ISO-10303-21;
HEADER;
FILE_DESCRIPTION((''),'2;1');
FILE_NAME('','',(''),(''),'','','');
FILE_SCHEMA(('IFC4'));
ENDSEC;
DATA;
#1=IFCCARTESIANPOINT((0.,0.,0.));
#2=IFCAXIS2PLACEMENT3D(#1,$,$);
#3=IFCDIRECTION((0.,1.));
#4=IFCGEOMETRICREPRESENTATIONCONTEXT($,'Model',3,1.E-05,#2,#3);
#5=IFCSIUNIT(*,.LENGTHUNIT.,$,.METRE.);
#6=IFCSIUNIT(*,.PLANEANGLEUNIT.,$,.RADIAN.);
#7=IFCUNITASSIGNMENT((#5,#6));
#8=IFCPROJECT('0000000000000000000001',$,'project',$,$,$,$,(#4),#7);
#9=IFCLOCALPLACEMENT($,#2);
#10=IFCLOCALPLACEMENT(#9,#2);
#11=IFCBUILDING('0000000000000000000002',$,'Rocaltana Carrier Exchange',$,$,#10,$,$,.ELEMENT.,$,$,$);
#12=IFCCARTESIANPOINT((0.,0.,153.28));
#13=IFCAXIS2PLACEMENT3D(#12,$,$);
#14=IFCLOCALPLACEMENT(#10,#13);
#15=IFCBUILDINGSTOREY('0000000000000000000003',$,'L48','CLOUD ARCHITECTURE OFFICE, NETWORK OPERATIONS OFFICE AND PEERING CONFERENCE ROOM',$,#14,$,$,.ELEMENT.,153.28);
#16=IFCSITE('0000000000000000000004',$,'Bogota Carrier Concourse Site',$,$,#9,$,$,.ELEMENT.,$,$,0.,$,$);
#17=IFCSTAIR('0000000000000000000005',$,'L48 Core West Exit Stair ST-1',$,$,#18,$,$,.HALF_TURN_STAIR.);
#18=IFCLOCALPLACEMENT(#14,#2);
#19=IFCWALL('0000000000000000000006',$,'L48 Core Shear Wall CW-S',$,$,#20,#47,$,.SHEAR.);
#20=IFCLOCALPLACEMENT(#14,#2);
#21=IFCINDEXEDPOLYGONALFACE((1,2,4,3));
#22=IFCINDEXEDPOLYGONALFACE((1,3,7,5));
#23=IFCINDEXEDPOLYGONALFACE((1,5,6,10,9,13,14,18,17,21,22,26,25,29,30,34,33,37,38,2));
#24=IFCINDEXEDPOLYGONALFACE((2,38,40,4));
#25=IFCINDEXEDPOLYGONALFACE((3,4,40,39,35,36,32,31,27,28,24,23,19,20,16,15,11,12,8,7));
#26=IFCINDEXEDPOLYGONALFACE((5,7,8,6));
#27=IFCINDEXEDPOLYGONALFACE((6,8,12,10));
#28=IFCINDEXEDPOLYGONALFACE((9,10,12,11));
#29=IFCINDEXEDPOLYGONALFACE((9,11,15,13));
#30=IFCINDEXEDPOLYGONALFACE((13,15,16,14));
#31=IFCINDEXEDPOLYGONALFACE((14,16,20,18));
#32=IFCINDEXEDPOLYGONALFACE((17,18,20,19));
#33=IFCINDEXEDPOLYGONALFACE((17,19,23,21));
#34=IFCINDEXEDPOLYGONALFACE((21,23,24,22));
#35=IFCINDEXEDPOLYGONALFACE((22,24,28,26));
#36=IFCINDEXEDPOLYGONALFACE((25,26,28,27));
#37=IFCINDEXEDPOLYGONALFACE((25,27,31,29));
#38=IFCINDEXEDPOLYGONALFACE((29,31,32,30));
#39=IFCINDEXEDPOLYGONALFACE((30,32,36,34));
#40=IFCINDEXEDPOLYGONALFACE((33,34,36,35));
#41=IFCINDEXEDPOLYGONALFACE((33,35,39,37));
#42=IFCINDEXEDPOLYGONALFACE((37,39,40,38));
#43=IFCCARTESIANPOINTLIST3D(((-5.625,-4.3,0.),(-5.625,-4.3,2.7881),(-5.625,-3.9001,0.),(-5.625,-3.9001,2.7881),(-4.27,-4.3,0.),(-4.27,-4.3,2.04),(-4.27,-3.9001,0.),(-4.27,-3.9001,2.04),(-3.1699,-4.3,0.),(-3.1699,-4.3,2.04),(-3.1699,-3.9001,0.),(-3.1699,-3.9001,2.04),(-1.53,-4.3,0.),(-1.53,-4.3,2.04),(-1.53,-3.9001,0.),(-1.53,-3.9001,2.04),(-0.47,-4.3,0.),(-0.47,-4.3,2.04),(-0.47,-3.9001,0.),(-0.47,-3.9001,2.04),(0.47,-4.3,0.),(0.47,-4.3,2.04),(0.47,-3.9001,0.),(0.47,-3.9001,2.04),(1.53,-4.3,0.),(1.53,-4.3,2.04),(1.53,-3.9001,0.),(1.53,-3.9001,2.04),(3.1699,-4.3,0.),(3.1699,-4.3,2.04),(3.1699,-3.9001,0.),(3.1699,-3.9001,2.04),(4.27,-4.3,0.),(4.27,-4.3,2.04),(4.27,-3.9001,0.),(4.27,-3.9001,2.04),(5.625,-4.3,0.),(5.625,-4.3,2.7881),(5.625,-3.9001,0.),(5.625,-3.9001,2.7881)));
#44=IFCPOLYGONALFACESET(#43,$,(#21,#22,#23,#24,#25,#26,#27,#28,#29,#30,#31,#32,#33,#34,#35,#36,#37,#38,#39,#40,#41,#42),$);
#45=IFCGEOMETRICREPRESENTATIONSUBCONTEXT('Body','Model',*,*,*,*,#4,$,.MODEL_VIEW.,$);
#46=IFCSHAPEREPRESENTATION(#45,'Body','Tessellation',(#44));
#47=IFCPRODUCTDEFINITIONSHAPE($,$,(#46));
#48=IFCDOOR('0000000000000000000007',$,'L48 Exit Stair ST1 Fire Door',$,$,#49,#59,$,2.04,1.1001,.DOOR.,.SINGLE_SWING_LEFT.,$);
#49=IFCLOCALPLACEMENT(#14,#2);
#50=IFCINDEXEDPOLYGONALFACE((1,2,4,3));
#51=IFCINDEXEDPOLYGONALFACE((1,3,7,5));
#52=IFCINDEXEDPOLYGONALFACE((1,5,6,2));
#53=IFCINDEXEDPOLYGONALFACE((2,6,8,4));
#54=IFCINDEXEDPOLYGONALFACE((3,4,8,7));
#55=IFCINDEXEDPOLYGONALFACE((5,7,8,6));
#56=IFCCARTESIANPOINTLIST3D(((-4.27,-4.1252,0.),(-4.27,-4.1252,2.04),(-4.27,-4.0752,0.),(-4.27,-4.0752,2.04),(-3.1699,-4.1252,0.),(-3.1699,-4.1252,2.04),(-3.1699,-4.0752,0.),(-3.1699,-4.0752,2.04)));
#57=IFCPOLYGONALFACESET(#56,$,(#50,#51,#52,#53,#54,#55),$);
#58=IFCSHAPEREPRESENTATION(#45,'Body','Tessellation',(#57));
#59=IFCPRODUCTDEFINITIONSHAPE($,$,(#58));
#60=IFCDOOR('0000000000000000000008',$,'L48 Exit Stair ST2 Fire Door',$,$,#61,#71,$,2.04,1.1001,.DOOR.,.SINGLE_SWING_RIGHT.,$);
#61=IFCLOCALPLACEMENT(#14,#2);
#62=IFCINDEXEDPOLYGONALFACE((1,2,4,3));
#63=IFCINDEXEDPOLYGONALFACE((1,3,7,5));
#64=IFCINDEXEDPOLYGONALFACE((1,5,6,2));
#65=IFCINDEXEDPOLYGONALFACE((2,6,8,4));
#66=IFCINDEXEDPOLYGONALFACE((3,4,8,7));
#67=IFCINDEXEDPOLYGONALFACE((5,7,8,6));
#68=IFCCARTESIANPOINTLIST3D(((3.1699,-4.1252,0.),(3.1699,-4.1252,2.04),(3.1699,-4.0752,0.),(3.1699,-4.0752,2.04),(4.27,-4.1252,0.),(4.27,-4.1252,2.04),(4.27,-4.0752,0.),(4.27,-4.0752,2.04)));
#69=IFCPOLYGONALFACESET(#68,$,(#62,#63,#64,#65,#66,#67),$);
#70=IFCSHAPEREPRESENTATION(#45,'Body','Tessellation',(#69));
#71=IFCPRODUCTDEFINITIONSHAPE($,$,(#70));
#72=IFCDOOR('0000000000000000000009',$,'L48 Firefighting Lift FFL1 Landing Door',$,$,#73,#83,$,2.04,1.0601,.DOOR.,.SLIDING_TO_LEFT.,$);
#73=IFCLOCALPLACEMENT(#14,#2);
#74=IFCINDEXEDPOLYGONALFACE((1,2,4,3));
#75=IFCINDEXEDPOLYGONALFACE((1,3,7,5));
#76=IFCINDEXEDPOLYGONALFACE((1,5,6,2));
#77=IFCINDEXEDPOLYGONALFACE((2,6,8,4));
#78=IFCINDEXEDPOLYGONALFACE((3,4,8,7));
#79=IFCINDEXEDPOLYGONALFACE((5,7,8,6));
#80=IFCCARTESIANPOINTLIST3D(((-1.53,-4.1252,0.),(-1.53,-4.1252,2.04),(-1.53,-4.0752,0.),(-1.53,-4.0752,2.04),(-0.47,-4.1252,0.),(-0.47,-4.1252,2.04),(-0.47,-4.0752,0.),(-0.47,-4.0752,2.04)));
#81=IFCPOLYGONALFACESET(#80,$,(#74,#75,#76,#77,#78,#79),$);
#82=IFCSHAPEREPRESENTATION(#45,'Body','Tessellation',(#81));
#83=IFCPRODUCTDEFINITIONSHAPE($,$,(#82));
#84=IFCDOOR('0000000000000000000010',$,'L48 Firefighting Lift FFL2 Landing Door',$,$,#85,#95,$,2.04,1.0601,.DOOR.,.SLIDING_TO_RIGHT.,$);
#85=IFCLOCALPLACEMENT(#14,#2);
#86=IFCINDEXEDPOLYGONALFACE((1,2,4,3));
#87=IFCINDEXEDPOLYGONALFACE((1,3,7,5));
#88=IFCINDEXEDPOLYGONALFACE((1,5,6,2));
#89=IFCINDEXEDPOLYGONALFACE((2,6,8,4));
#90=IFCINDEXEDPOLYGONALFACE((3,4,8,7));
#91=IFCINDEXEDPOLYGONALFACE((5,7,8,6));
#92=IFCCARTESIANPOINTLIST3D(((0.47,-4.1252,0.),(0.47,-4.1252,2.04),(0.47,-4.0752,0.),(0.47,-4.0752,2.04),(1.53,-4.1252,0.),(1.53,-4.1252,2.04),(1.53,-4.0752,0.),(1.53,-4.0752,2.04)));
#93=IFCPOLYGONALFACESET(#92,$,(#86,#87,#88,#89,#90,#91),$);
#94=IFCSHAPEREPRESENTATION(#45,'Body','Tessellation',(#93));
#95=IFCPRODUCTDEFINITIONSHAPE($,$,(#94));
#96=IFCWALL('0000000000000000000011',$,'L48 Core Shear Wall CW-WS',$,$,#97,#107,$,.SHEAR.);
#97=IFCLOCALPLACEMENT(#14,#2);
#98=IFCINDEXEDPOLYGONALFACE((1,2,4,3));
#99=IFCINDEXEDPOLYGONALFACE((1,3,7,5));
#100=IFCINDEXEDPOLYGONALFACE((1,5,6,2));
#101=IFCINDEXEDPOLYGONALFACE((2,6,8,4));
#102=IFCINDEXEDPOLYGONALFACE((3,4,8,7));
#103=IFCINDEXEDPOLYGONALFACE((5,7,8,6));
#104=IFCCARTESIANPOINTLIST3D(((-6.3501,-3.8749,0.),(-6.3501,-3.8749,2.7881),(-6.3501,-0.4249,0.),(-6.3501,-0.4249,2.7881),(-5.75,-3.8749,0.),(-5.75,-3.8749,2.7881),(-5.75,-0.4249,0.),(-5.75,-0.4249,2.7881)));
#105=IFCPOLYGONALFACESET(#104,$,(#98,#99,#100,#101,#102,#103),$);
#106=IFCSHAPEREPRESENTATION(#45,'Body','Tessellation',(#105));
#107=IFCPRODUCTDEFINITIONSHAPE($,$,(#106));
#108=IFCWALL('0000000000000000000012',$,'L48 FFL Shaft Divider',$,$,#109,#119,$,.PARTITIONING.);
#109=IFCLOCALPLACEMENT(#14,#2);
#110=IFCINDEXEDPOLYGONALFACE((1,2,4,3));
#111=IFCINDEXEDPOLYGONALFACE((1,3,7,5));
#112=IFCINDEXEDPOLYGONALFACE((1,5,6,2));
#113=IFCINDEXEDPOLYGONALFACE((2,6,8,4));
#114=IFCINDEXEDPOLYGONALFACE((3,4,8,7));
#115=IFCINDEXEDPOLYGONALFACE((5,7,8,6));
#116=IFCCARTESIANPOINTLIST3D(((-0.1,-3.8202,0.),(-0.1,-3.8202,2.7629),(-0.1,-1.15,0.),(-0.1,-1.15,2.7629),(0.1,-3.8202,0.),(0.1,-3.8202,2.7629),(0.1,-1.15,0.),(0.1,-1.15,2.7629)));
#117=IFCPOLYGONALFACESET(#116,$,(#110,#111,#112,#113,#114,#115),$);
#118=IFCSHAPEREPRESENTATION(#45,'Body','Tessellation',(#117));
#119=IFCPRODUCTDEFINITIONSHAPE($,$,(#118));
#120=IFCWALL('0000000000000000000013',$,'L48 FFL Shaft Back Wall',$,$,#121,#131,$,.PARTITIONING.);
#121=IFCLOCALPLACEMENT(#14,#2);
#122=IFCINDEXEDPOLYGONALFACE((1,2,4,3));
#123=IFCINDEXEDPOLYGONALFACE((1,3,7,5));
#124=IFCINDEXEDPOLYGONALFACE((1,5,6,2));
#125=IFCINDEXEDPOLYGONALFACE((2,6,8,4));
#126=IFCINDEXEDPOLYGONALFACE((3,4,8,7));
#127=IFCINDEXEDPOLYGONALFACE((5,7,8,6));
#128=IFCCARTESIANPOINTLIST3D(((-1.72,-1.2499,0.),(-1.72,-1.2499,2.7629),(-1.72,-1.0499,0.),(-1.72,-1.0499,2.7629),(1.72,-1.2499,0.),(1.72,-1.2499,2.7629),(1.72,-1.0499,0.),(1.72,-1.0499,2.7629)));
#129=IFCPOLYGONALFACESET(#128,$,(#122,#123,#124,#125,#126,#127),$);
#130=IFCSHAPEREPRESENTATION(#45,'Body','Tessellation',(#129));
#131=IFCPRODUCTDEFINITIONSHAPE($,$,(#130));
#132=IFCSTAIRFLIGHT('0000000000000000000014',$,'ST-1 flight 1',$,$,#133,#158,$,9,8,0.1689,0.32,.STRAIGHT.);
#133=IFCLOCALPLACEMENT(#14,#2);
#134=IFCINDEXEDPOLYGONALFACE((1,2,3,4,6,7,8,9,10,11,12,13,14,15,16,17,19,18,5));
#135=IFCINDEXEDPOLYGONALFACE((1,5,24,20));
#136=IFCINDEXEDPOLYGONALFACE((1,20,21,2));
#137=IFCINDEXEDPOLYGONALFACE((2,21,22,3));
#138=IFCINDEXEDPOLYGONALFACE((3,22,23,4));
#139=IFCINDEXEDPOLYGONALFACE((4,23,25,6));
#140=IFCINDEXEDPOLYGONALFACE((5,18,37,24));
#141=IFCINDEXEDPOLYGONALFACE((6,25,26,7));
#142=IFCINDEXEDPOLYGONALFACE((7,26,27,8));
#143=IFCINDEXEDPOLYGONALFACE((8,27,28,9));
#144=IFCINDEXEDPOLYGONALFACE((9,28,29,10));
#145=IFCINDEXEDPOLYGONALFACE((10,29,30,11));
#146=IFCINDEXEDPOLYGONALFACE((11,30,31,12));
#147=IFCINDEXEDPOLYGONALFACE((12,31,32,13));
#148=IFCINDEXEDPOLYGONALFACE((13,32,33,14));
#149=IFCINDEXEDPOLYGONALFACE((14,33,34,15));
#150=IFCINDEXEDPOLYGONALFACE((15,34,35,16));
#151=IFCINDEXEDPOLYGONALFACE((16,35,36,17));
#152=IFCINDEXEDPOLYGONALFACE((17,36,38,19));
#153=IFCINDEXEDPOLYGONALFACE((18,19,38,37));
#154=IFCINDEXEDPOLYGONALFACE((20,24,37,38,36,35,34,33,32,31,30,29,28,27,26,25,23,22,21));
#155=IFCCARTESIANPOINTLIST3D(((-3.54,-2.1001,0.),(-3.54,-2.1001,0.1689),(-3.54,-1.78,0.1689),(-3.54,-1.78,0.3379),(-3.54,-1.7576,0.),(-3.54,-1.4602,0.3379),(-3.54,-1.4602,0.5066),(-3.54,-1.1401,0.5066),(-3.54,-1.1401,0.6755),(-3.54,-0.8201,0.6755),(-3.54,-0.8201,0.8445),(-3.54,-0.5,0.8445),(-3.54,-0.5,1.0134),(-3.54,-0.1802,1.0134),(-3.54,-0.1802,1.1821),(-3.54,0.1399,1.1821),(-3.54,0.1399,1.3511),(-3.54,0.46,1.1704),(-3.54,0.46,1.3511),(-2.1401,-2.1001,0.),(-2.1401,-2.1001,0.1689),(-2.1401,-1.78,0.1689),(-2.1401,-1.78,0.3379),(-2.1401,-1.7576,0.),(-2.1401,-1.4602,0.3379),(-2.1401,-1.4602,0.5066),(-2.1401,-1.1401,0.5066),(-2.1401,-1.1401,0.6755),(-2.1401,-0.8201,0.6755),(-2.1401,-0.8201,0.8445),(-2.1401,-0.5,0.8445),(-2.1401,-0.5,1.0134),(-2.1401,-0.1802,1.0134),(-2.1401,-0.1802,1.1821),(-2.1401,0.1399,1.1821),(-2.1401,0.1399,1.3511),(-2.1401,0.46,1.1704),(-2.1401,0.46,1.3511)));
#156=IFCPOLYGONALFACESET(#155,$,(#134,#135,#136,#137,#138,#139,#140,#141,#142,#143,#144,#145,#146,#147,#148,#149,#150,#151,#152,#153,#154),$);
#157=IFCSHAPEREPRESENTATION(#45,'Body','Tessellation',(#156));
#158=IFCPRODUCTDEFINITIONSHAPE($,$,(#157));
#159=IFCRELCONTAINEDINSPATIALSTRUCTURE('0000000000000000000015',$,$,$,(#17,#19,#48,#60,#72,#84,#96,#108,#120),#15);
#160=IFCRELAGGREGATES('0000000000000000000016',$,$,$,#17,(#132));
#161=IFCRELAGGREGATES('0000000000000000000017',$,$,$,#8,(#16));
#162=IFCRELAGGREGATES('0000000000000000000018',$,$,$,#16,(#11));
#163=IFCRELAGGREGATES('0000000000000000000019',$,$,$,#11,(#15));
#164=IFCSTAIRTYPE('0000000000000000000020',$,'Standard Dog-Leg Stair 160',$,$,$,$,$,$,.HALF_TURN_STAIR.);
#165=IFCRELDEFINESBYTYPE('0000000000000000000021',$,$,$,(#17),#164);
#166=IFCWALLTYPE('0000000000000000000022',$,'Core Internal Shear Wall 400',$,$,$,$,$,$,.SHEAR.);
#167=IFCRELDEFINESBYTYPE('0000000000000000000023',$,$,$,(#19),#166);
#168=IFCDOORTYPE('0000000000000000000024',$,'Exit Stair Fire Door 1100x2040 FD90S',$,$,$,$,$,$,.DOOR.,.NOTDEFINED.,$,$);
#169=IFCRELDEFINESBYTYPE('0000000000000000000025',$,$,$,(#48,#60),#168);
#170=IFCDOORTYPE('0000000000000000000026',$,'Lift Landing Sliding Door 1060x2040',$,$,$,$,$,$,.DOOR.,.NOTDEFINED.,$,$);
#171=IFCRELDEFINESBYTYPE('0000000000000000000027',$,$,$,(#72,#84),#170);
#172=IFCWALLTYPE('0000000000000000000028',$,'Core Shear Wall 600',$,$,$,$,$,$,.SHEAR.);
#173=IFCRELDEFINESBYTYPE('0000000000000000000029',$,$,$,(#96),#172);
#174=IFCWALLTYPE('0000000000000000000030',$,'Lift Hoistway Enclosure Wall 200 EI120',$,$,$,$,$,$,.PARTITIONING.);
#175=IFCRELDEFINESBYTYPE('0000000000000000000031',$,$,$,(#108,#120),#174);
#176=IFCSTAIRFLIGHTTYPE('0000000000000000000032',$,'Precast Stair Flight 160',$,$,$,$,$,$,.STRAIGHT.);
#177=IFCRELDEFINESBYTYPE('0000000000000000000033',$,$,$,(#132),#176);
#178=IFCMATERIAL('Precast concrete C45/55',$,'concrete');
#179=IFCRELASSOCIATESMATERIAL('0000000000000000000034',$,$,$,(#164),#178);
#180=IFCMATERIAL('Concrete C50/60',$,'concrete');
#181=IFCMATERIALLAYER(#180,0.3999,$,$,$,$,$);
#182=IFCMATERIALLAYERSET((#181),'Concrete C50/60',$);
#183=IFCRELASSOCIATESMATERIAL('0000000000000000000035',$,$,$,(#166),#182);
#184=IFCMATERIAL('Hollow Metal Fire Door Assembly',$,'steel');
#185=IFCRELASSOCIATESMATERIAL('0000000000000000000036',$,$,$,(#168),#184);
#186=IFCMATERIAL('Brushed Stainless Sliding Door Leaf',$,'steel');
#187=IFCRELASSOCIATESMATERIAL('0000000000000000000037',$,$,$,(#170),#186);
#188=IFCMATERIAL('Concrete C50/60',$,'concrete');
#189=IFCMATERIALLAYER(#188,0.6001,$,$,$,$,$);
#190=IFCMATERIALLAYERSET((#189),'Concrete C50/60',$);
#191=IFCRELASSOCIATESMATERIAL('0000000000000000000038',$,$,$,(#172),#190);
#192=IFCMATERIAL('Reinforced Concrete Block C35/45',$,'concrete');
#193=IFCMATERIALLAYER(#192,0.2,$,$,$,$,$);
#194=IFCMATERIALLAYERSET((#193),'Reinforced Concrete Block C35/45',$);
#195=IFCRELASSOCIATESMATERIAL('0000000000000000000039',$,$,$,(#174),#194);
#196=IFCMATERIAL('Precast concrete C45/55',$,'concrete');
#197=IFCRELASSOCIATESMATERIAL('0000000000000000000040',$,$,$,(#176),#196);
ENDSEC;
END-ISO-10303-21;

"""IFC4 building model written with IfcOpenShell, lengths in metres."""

from ifc_helpers import new_model, si_unit, direction, frame, frame_2d, origin, place, context, subcontext, project, spatial, polyline, rectangle, outline, extrude, material, layer, layer_set, type_object, element, fill, aggregate, save


model = new_model("IFC4")

# Units and contexts
model_context = context("Model", 3, precision=1e-05, world=origin(), true_north=direction((0.0, 1.0)))
body_context = subcontext(model_context, "Body", "Model", "MODEL_VIEW")
ifc_project = project(units=[si_unit("LENGTHUNIT", "METRE"), si_unit("PLANEANGLEUNIT", "RADIAN")], contexts=[model_context])

# Site, building, storey
site_placement = place(None, origin())
site = spatial("IfcSite", under=ifc_project, at=site_placement, Name="Bogota Carrier Concourse Site", CompositionType="ELEMENT", RefElevation=0.0)
building_placement = place(site_placement, origin())
building = spatial("IfcBuilding", under=site, at=building_placement, Name="Rocaltana Carrier Exchange", CompositionType="ELEMENT")
storey_placement = place(building_placement, frame((0.0, 0.0, 153.28)))
storey = spatial("IfcBuildingStorey", under=building, at=storey_placement, Name="L48", Description="CLOUD ARCHITECTURE OFFICE, NETWORK OPERATIONS OFFICE AND PEERING CONFERENCE ROOM", CompositionType="ELEMENT", Elevation=153.28)

# Stair
ifc_material_1 = material(Name="Precast concrete C45/55", Category="concrete")
stair_type = type_object("IfcStairType", Name="Standard Dog-Leg Stair 160", PredefinedType="HALF_TURN_STAIR", material=ifc_material_1)
stair_placement = place(storey_placement, origin())
stair = element("IfcStair", 1, at=stair_placement, inside=storey, type_object=stair_type, Name="L48 Core West Exit Stair ST-1", PredefinedType="HALF_TURN_STAIR")

# Wall, openings, doors
ifc_material_2 = material(Name="Concrete C50/60", Category="concrete")
ifc_layer_1 = layer(ifc_material_2, 0.3999)
ifc_layer_set_1 = layer_set([ifc_layer_1], Name="Concrete C50/60")
wall_type_1 = type_object("IfcWallType", Name="Core Internal Shear Wall 400", PredefinedType="SHEAR", material=ifc_layer_set_1)
wall_1_placement = place(storey_placement, frame((-5.625, -4.1001, 0.0), z_axis=(0.0, 0.0, 1.0), x_axis=(1.0, 0.0, 0.0)))
wall_1 = element("IfcWall", 2, at=wall_1_placement, inside=storey, type_object=wall_type_1, Name="L48 Core Shear Wall CW-S", PredefinedType="SHEAR", context=body_context, shape_type="SweptSolid", body=[
    extrude(rectangle(XDim=11.25, YDim=0.3999, at=frame_2d((5.625, 0.0))), origin(), (0.0, 0.0, 1.0), 2.7881),
])
opening_1_placement = place(wall_1_placement, frame((1.355, 0.0, 0.0)))
opening_1 = element("IfcOpeningElement", 3, at=opening_1_placement, cuts=wall_1, PredefinedType="OPENING", context=body_context, shape_type="SweptSolid", body=[
    extrude(rectangle(XDim=1.1001, YDim=2.04, at=frame_2d((0.55, 1.02))), frame((0.0, 0.21, 0.0), z_axis=(0.0, -1.0, 0.0), x_axis=(1.0, 0.0, 0.0)), (0.0, 0.0, 1.0), 0.4199),
])
opening_2_placement = place(wall_1_placement, frame((8.7949, 0.0, 0.0)))
opening_2 = element("IfcOpeningElement", 4, at=opening_2_placement, cuts=wall_1, PredefinedType="OPENING", context=body_context, shape_type="SweptSolid", body=[
    extrude(rectangle(XDim=1.1001, YDim=2.04, at=frame_2d((0.55, 1.02))), frame((0.0, 0.21, 0.0), z_axis=(0.0, -1.0, 0.0), x_axis=(1.0, 0.0, 0.0)), (0.0, 0.0, 1.0), 0.4199),
])
opening_3_placement = place(wall_1_placement, frame((4.095, 0.0, 0.0)))
opening_3 = element("IfcOpeningElement", 5, at=opening_3_placement, cuts=wall_1, PredefinedType="OPENING", context=body_context, shape_type="SweptSolid", body=[
    extrude(rectangle(XDim=1.0601, YDim=2.04, at=frame_2d((0.53, 1.02))), frame((0.0, 0.21, 0.0), z_axis=(0.0, -1.0, 0.0), x_axis=(1.0, 0.0, 0.0)), (0.0, 0.0, 1.0), 0.4199),
])
opening_4_placement = place(wall_1_placement, frame((6.095, 0.0, 0.0)))
opening_4 = element("IfcOpeningElement", 6, at=opening_4_placement, cuts=wall_1, PredefinedType="OPENING", context=body_context, shape_type="SweptSolid", body=[
    extrude(rectangle(XDim=1.0601, YDim=2.04, at=frame_2d((0.53, 1.02))), frame((0.0, 0.21, 0.0), z_axis=(0.0, -1.0, 0.0), x_axis=(1.0, 0.0, 0.0)), (0.0, 0.0, 1.0), 0.4199),
])
ifc_material_3 = material(Name="Hollow Metal Fire Door Assembly", Category="steel")
door_type_1 = type_object("IfcDoorType", Name="Exit Stair Fire Door 1100x2040 FD90S", OperationType="NOTDEFINED", PredefinedType="DOOR", material=ifc_material_3)
door_1_placement = place(opening_1_placement, origin())
door_1 = element("IfcDoor", 7, at=door_1_placement, inside=storey, type_object=door_type_1, Name="L48 Exit Stair ST1 Fire Door", OperationType="SINGLE_SWING_LEFT", OverallHeight=2.04, OverallWidth=1.1001, PredefinedType="DOOR", context=body_context, shape_type="SweptSolid", body=[
    extrude(rectangle(XDim=1.1001, YDim=2.04, at=frame_2d((0.55, 1.02))), frame((0.0, 0.0249, 0.0), z_axis=(0.0, -1.0, 0.0), x_axis=(1.0, 0.0, 0.0)), (0.0, 0.0, 1.0), 0.05),
])
fill(opening_1, door_1)
door_2_placement = place(opening_2_placement, origin())
door_2 = element("IfcDoor", 8, at=door_2_placement, inside=storey, type_object=door_type_1, Name="L48 Exit Stair ST2 Fire Door", OperationType="SINGLE_SWING_RIGHT", OverallHeight=2.04, OverallWidth=1.1001, PredefinedType="DOOR", context=body_context, shape_type="SweptSolid", body=[
    extrude(rectangle(XDim=1.1001, YDim=2.04, at=frame_2d((0.55, 1.02))), frame((0.0, 0.0249, 0.0), z_axis=(0.0, -1.0, 0.0), x_axis=(1.0, 0.0, 0.0)), (0.0, 0.0, 1.0), 0.05),
])
fill(opening_2, door_2)
ifc_material_4 = material(Name="Brushed Stainless Sliding Door Leaf", Category="steel")
door_type_2 = type_object("IfcDoorType", Name="Lift Landing Sliding Door 1060x2040", OperationType="NOTDEFINED", PredefinedType="DOOR", material=ifc_material_4)
door_3_placement = place(opening_3_placement, origin())
door_3 = element("IfcDoor", 9, at=door_3_placement, inside=storey, type_object=door_type_2, Name="L48 Firefighting Lift FFL1 Landing Door", OperationType="SLIDING_TO_LEFT", OverallHeight=2.04, OverallWidth=1.0601, PredefinedType="DOOR", context=body_context, shape_type="SweptSolid", body=[
    extrude(rectangle(XDim=1.0601, YDim=2.04, at=frame_2d((0.53, 1.02))), frame((0.0, 0.0249, 0.0), z_axis=(0.0, -1.0, 0.0), x_axis=(1.0, 0.0, 0.0)), (0.0, 0.0, 1.0), 0.05),
])
fill(opening_3, door_3)
door_4_placement = place(opening_4_placement, origin())
door_4 = element("IfcDoor", 10, at=door_4_placement, inside=storey, type_object=door_type_2, Name="L48 Firefighting Lift FFL2 Landing Door", OperationType="SLIDING_TO_RIGHT", OverallHeight=2.04, OverallWidth=1.0601, PredefinedType="DOOR", context=body_context, shape_type="SweptSolid", body=[
    extrude(rectangle(XDim=1.0601, YDim=2.04, at=frame_2d((0.53, 1.02))), frame((0.0, 0.0249, 0.0), z_axis=(0.0, -1.0, 0.0), x_axis=(1.0, 0.0, 0.0)), (0.0, 0.0, 1.0), 0.05),
])
fill(opening_4, door_4)

# Walls
ifc_material_5 = material(Name="Concrete C50/60", Category="concrete")
ifc_layer_2 = layer(ifc_material_5, 0.6001)
ifc_layer_set_2 = layer_set([ifc_layer_2], Name="Concrete C50/60")
wall_type_2 = type_object("IfcWallType", Name="Core Shear Wall 600", PredefinedType="SHEAR", material=ifc_layer_set_2)
wall_2_placement = place(storey_placement, frame((-6.05, -3.875, 0.0), z_axis=(0.0, 0.0, 1.0), x_axis=(0.0, 1.0, 0.0)))
element("IfcWall", 11, at=wall_2_placement, inside=storey, type_object=wall_type_2, Name="L48 Core Shear Wall CW-WS", PredefinedType="SHEAR", context=body_context, shape_type="SweptSolid", body=[
    extrude(rectangle(XDim=3.45, YDim=0.6001, at=frame_2d((1.7251, 0.0))), origin(), (0.0, 0.0, 1.0), 2.7881),
])
ifc_material_6 = material(Name="Reinforced Concrete Block C35/45", Category="concrete")
ifc_layer_3 = layer(ifc_material_6, 0.2)
ifc_layer_set_3 = layer_set([ifc_layer_3], Name="Reinforced Concrete Block C35/45")
wall_type_3 = type_object("IfcWallType", Name="Lift Hoistway Enclosure Wall 200 EI120", PredefinedType="PARTITIONING", material=ifc_layer_set_3)
wall_3_placement = place(storey_placement, frame((0.0, -3.8201, 0.0), z_axis=(0.0, 0.0, 1.0), x_axis=(0.0, 1.0, 0.0)))
element("IfcWall", 12, at=wall_3_placement, inside=storey, type_object=wall_type_3, Name="L48 FFL Shaft Divider", PredefinedType="PARTITIONING", context=body_context, shape_type="SweptSolid", body=[
    extrude(rectangle(XDim=2.6702, YDim=0.2, at=frame_2d((1.335, 0.0))), origin(), (0.0, 0.0, 1.0), 2.7629),
])
wall_4_placement = place(storey_placement, frame((-1.72, -1.1499, 0.0), z_axis=(0.0, 0.0, 1.0), x_axis=(1.0, 0.0, 0.0)))
element("IfcWall", 13, at=wall_4_placement, inside=storey, type_object=wall_type_3, Name="L48 FFL Shaft Back Wall", PredefinedType="PARTITIONING", context=body_context, shape_type="SweptSolid", body=[
    extrude(rectangle(XDim=3.4399, YDim=0.2, at=frame_2d((1.72, 0.0))), origin(), (0.0, 0.0, 1.0), 2.7629),
])

# Stair flight
ifc_material_7 = material(Name="Precast concrete C45/55", Category="concrete")
stair_flight_type = type_object("IfcStairFlightType", Name="Precast Stair Flight 160", PredefinedType="STRAIGHT", material=ifc_material_7)
stair_flight_placement = place(storey_placement, frame((-2.8401, -2.1001, 0.0), z_axis=(0.0, 0.0, 1.0), x_axis=(0.0, 1.0, 0.0)))
stair_flight = element("IfcStairFlight", 14, at=stair_flight_placement, type_object=stair_flight_type, Name="ST-1 flight 1", NumberOfRisers=9, NumberOfTreads=8, PredefinedType="STRAIGHT", RiserHeight=0.1689, TreadLength=0.32, context=body_context, shape_type="SweptSolid", body=[
    extrude(outline(polyline([(0.0, 0.0), (0.0, 0.1689), (0.3201, 0.1689), (0.3201, 0.3379), (0.6399, 0.3379), (0.6399, 0.5066), (0.96, 0.5066), (0.96, 0.6755), (1.28, 0.6755), (1.28, 0.8445), (1.6001, 0.8445), (1.6001, 1.0134), (1.9199, 1.0134), (1.9199, 1.1821), (2.24, 1.1821), (2.24, 1.3511), (2.5601, 1.3511), (2.5601, 1.52), (2.5601, 1.1704), (0.3425, 0.0), (0.0, 0.0)])), frame((0.0, 0.7, 0.0), z_axis=(0.0, -1.0, 0.0), x_axis=(1.0, 0.0, 0.0)), (0.0, 0.0, 1.0), 1.3999),
])
aggregate(stair, [stair_flight])

save(model, "model.ifc")
